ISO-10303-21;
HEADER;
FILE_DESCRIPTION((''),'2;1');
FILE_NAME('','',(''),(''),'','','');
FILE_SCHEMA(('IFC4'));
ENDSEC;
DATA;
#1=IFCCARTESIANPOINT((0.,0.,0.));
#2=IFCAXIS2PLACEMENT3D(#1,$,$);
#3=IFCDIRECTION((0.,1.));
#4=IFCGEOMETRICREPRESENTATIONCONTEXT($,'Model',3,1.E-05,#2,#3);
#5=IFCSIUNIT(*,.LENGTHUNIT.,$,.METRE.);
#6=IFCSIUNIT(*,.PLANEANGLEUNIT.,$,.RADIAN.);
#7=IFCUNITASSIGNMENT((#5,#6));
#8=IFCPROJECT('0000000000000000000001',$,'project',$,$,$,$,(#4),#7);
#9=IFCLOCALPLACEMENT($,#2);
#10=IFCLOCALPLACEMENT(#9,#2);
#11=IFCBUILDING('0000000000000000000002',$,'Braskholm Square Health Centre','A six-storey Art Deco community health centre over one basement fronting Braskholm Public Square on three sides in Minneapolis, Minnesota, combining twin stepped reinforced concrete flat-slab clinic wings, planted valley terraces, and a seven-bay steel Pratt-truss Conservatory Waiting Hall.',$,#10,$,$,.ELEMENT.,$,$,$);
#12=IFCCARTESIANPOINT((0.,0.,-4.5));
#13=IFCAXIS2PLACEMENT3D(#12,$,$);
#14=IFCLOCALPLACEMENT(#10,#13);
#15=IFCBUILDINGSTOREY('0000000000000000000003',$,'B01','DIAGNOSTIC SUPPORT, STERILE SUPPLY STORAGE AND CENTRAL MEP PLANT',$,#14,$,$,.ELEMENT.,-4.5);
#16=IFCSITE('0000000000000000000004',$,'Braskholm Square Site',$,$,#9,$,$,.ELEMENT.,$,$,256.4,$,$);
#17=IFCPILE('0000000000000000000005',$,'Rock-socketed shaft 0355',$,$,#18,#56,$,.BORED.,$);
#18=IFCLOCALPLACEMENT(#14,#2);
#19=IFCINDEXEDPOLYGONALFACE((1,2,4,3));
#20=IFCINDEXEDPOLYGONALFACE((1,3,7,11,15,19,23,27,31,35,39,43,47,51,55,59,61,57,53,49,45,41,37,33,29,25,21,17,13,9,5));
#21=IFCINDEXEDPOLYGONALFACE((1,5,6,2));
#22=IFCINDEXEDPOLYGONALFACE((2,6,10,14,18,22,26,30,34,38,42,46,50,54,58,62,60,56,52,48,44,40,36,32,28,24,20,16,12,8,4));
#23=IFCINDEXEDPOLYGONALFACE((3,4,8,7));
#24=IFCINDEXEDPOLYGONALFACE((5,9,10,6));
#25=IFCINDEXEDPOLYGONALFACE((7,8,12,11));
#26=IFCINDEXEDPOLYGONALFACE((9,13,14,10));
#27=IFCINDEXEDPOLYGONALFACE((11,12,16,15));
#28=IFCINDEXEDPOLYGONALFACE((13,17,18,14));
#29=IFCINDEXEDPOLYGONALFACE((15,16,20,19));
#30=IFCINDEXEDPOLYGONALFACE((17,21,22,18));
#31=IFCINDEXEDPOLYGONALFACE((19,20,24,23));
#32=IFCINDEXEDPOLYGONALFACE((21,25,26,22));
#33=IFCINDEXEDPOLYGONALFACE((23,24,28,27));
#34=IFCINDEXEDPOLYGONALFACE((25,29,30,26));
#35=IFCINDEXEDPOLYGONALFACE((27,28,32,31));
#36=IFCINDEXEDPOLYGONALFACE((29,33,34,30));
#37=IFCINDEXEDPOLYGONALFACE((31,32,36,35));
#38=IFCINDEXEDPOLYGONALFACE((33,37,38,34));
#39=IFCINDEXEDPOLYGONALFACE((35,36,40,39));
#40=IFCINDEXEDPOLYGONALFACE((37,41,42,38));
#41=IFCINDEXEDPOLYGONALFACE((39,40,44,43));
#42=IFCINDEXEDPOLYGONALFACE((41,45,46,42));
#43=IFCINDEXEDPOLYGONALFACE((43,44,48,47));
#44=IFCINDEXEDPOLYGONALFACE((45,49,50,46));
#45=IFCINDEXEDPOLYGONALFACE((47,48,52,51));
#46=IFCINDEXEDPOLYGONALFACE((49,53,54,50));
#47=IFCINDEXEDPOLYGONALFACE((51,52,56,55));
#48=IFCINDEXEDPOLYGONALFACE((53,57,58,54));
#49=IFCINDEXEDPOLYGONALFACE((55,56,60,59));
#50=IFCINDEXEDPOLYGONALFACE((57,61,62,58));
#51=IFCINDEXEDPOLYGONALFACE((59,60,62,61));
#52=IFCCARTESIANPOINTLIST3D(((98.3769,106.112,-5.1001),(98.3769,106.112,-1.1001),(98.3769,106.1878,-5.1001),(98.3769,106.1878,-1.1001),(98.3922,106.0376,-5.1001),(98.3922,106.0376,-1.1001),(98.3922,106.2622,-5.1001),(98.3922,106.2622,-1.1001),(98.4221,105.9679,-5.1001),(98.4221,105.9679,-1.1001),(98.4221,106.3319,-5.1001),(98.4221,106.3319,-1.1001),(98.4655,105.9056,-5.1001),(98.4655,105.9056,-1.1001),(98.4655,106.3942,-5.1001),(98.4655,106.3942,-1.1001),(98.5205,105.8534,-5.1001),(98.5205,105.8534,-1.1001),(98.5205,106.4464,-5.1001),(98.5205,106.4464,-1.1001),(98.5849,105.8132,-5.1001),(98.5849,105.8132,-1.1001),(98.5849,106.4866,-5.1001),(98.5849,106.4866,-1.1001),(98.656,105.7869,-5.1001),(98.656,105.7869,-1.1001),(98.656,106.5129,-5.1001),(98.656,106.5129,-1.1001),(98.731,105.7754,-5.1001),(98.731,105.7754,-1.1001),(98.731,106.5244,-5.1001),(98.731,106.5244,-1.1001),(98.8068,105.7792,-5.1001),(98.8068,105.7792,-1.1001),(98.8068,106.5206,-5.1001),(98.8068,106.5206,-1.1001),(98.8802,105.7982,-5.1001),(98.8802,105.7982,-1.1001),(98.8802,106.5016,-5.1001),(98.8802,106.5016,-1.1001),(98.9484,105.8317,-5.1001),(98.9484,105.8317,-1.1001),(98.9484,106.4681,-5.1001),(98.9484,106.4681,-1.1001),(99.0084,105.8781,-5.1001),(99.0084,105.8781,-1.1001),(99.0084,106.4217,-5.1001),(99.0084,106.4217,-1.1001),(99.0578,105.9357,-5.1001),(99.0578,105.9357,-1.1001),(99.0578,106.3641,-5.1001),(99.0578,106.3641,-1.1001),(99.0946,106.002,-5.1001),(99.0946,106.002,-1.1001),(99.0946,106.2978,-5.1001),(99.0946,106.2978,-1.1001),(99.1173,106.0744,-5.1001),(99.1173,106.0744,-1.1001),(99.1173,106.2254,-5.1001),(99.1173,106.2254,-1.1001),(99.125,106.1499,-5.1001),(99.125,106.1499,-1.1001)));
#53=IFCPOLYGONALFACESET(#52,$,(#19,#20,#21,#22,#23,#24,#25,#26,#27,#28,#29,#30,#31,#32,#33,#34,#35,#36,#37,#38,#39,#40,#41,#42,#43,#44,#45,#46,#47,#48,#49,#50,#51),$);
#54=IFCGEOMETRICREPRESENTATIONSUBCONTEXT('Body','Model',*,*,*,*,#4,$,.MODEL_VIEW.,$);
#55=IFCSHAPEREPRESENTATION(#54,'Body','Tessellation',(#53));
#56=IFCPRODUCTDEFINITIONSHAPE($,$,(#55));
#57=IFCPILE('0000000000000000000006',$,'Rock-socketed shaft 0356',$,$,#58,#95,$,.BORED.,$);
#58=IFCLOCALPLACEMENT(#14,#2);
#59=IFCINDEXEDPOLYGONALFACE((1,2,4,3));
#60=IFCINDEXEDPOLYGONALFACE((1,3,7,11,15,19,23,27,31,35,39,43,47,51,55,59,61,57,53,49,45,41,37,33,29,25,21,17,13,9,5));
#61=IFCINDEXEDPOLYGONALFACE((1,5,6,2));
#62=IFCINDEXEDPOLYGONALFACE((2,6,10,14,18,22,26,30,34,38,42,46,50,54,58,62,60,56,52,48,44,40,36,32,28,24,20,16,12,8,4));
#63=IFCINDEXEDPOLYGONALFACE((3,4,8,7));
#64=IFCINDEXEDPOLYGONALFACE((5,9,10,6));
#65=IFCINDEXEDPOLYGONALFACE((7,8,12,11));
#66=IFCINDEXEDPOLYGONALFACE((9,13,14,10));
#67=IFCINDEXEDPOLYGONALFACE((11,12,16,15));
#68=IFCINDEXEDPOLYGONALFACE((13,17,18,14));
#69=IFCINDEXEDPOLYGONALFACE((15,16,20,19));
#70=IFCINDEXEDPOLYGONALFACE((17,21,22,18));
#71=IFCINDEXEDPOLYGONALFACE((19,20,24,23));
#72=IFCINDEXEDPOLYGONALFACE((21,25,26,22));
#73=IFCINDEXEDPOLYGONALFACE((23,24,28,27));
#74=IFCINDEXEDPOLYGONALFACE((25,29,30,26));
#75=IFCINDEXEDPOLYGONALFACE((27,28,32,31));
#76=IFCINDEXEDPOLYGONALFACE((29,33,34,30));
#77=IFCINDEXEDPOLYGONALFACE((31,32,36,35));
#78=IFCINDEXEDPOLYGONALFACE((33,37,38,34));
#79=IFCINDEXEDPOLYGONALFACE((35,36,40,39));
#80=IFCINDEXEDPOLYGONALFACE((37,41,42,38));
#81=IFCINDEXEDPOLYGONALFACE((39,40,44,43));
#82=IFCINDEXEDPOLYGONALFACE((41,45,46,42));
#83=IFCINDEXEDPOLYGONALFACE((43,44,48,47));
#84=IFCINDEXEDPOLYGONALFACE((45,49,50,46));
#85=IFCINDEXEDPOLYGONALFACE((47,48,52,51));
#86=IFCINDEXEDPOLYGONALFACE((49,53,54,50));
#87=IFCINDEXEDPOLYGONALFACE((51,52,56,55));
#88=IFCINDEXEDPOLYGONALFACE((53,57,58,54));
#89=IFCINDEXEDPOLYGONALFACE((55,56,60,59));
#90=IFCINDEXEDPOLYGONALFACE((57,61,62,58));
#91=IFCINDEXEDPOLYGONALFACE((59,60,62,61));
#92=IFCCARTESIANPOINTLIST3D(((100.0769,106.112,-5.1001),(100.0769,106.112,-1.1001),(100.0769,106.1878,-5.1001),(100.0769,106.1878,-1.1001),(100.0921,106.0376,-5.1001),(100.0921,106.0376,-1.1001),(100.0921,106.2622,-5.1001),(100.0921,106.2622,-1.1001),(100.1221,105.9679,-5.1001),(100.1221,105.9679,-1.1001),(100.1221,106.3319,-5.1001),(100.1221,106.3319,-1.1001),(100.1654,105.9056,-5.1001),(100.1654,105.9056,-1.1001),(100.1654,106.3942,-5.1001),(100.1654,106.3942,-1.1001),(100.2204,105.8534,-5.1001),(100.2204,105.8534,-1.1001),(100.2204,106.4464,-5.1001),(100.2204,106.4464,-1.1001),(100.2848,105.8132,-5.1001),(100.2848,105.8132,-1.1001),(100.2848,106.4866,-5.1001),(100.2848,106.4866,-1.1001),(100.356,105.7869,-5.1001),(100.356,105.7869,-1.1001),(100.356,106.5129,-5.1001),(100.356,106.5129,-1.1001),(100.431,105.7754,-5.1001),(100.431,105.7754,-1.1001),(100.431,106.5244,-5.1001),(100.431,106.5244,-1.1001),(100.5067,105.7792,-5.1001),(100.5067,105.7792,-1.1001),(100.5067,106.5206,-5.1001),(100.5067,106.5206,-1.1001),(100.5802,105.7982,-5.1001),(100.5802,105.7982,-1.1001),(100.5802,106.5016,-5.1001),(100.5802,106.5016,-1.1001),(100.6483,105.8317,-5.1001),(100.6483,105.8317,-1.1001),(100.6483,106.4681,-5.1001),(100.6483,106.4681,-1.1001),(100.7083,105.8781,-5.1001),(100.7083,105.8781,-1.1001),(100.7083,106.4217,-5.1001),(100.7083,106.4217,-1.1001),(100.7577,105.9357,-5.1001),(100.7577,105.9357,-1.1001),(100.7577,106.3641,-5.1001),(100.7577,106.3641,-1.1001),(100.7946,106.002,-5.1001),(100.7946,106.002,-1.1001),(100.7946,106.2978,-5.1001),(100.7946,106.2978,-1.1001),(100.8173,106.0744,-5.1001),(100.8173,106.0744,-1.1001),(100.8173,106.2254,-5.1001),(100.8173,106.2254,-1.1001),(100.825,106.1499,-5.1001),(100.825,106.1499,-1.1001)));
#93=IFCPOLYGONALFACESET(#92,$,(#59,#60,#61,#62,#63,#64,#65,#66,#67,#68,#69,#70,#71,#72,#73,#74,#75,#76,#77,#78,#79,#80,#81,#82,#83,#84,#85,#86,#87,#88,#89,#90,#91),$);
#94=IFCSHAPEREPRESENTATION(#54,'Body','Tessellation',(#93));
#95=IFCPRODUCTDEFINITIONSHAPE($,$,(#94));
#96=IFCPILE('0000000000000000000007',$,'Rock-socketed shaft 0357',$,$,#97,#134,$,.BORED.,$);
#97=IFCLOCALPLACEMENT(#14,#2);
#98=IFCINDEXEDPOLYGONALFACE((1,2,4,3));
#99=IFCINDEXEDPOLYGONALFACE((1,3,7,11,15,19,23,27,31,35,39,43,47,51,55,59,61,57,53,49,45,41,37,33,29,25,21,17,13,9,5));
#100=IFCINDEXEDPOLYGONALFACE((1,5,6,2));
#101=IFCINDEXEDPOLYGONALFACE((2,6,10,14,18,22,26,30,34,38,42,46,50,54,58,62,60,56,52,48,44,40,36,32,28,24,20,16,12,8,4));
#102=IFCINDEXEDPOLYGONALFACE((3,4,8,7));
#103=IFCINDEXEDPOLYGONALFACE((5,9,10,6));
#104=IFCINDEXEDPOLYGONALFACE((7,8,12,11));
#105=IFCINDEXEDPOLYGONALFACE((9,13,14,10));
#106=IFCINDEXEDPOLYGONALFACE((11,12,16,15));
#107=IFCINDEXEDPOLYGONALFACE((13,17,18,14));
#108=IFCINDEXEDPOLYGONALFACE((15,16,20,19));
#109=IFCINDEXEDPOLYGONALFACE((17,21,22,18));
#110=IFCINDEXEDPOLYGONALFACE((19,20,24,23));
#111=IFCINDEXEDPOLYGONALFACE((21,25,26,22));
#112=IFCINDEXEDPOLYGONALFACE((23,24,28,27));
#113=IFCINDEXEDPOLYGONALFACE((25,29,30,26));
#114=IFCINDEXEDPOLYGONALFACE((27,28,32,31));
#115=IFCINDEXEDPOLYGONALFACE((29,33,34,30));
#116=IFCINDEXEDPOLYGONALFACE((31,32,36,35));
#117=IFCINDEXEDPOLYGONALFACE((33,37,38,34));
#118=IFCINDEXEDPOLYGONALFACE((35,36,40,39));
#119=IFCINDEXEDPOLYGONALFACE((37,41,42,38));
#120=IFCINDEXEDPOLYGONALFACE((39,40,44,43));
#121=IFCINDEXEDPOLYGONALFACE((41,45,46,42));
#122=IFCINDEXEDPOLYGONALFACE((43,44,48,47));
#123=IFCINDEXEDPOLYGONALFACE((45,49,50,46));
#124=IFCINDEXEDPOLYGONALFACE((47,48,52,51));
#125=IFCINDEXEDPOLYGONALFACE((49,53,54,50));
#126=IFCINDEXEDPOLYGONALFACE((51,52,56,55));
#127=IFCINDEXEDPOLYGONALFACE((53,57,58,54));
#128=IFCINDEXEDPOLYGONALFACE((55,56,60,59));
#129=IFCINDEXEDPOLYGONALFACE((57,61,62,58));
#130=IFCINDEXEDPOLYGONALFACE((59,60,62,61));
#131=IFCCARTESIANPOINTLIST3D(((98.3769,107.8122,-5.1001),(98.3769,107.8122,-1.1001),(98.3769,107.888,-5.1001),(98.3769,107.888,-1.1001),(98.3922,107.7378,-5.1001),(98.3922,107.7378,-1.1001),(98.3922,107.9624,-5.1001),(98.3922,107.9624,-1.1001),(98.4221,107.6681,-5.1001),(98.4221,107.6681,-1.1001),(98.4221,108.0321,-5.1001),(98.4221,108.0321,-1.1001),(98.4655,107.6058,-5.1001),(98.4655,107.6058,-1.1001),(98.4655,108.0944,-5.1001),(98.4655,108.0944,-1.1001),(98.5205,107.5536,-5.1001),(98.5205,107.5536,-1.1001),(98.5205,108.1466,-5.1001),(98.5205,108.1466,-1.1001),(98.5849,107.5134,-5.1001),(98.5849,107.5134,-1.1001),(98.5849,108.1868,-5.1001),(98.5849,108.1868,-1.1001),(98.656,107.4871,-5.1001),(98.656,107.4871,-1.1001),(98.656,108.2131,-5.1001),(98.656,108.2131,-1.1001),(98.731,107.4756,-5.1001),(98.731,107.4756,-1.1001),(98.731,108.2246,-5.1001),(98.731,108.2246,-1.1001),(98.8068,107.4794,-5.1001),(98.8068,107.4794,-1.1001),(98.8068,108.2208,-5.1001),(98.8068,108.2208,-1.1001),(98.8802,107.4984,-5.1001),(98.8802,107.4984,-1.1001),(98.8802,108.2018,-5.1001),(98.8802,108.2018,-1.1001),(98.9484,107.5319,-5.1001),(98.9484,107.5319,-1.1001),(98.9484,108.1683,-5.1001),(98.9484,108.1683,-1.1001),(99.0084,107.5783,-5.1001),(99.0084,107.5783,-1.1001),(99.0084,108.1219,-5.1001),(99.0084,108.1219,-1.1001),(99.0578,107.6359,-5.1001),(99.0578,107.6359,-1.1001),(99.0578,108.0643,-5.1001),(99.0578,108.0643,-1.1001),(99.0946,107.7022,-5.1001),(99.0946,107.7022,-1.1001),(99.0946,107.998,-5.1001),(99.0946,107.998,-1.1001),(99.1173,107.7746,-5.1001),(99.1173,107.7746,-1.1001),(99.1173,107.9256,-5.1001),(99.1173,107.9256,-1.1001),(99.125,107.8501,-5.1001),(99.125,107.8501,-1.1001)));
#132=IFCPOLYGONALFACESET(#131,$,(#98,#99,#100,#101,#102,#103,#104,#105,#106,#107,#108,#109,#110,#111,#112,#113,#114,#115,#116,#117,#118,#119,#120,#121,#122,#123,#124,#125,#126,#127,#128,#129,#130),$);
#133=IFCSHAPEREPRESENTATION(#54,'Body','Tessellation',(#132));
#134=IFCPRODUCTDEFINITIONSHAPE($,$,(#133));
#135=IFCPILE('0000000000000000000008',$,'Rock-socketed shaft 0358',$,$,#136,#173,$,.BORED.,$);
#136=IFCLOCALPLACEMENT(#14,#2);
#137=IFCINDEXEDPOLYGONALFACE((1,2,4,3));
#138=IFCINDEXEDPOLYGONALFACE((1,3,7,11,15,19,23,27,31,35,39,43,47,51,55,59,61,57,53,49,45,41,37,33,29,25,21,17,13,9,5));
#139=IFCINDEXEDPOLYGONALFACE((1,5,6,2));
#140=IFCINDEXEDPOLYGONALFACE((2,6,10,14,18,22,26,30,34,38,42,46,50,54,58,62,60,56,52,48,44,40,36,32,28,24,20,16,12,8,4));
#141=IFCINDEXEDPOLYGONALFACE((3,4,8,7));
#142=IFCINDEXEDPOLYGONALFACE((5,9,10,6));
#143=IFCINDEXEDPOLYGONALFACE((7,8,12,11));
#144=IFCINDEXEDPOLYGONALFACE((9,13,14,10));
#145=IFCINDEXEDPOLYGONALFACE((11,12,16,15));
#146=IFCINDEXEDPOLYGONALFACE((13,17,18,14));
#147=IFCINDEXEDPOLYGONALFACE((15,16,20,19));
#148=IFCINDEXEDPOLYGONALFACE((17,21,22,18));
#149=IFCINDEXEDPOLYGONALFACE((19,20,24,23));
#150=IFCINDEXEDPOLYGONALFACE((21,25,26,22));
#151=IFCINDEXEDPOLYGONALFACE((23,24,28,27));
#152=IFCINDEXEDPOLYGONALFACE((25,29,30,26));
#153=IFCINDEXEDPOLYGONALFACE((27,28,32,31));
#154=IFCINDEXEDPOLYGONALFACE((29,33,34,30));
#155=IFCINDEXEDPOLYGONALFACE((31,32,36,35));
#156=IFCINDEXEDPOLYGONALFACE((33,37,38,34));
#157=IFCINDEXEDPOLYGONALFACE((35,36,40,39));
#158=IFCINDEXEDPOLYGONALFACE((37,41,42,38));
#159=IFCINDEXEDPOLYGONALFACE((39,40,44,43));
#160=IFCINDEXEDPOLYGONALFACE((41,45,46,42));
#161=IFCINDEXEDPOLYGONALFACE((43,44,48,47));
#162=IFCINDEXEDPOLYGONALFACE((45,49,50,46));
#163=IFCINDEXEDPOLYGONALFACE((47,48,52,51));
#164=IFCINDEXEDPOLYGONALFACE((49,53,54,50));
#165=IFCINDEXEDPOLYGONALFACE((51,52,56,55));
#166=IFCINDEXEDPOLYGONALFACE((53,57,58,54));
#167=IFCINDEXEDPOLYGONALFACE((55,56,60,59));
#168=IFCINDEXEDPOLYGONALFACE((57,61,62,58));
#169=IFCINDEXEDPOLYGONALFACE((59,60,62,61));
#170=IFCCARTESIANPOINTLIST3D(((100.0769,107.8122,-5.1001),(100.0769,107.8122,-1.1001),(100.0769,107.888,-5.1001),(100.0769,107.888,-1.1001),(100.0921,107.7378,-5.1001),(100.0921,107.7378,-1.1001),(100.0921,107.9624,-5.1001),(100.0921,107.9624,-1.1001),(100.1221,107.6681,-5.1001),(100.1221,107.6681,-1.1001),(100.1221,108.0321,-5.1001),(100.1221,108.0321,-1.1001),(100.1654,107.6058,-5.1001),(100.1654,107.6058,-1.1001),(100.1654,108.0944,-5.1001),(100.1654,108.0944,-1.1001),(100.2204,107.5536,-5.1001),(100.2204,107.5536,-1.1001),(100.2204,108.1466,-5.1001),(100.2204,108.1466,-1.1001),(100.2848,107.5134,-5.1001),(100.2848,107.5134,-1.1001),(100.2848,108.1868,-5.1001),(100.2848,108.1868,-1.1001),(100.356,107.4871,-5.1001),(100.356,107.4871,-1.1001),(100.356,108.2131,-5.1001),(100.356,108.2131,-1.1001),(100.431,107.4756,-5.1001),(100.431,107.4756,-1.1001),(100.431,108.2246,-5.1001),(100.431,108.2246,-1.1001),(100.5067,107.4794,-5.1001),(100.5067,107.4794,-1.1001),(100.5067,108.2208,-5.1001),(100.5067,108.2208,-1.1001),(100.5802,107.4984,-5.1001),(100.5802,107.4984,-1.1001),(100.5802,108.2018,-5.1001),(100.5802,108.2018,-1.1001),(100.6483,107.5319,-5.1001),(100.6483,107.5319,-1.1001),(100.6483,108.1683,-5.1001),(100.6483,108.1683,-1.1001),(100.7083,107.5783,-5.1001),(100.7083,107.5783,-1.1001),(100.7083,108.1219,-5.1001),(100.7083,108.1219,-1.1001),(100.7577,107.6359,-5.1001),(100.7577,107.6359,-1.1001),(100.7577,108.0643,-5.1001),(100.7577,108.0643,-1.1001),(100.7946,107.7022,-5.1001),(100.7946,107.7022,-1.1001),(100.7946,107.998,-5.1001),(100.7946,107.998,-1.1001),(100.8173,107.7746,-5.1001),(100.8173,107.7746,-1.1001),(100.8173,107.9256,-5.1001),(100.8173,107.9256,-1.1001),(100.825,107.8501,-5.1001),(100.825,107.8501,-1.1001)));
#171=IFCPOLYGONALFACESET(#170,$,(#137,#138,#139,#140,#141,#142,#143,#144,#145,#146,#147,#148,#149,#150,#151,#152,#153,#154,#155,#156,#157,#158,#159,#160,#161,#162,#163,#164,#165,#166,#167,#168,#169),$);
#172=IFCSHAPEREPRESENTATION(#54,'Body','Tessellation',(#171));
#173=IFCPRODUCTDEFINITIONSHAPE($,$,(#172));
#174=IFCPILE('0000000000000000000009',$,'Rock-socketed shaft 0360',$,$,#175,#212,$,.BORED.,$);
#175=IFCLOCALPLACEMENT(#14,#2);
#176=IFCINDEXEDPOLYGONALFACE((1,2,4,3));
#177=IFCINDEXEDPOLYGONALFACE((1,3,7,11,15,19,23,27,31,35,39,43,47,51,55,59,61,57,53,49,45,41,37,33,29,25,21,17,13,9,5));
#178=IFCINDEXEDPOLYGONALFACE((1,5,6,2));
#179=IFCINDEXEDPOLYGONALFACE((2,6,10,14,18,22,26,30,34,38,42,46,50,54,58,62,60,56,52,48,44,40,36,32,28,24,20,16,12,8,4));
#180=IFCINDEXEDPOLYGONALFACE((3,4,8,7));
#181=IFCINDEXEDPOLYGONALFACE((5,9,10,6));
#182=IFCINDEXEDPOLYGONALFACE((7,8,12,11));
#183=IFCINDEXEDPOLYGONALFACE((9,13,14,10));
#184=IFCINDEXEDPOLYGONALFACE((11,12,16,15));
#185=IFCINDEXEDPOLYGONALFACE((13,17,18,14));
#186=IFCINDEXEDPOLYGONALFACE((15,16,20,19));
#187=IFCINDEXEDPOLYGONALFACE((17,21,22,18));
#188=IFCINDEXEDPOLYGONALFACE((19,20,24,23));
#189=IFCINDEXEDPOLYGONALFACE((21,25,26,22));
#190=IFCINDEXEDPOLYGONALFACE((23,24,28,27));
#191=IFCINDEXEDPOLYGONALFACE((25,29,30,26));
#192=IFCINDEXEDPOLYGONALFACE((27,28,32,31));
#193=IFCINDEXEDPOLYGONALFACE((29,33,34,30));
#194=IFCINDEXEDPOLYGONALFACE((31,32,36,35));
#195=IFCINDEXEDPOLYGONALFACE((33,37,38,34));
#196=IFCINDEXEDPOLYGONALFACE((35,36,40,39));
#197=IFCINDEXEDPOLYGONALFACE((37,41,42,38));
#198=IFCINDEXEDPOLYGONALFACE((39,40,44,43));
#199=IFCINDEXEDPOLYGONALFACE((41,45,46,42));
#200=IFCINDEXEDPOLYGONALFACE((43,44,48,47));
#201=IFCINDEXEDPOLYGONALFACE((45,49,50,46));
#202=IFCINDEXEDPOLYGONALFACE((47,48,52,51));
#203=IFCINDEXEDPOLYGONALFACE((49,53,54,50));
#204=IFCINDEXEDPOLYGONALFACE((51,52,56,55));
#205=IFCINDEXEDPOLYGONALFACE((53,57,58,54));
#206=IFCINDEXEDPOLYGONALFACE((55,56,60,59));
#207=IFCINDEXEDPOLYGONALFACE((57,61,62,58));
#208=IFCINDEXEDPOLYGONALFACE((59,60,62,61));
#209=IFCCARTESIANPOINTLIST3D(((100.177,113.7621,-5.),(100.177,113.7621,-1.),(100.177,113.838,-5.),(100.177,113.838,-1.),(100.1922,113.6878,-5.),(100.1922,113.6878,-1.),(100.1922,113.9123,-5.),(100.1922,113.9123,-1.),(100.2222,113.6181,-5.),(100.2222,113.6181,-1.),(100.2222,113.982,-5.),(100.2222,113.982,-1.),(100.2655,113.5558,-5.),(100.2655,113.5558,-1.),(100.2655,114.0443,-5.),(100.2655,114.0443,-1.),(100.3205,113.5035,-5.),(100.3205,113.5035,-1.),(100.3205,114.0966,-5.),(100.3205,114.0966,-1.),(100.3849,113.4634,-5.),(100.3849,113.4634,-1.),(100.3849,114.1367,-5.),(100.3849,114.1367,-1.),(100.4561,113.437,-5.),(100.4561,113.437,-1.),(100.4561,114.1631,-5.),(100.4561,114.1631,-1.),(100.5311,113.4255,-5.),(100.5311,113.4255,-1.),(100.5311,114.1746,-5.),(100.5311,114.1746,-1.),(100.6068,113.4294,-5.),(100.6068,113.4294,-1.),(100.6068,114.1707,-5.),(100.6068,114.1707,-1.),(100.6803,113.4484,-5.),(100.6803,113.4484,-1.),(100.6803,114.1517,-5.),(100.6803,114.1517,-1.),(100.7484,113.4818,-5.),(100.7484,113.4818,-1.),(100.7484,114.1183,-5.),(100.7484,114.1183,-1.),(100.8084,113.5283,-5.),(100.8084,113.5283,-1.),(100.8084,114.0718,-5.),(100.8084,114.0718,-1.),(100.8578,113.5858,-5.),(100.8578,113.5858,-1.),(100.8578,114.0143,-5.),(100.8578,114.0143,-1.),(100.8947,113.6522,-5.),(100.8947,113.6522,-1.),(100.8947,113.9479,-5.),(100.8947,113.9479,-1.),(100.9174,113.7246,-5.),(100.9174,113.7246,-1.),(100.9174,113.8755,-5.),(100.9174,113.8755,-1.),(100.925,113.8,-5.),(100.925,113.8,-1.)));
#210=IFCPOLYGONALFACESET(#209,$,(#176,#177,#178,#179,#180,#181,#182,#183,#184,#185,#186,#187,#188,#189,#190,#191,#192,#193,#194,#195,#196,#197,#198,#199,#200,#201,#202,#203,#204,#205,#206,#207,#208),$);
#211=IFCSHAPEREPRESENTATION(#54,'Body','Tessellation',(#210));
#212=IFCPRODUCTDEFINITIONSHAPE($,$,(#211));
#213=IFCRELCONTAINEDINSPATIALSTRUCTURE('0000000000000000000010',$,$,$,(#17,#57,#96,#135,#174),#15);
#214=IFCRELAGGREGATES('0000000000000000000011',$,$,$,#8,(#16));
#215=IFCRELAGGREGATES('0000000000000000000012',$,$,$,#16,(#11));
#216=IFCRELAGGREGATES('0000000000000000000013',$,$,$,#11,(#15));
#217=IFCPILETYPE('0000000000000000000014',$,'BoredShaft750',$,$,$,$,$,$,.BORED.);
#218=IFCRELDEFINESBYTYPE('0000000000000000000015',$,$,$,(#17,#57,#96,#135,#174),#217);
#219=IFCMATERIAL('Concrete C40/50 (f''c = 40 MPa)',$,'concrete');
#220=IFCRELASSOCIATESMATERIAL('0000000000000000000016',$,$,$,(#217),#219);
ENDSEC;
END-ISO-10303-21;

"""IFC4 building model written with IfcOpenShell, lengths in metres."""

from ifc_helpers import new_model, si_unit, direction, frame, origin, origin_2d, place, context, subcontext, project, spatial, circle, extrude, material, material_profile, profile_set, type_object, element, save


model = new_model("IFC4")

# Units and contexts
model_context = context("Model", 3, precision=1e-05, world=origin(), true_north=direction((0.0, 1.0)))
body_context = subcontext(model_context, "Body", "Model", "MODEL_VIEW")
ifc_project = project(units=[si_unit("LENGTHUNIT", "METRE"), si_unit("PLANEANGLEUNIT", "RADIAN")], contexts=[model_context])

# Site, building, storey
site_placement = place(None, origin())
site = spatial("IfcSite", under=ifc_project, at=site_placement, Name="Braskholm Square Site", CompositionType="ELEMENT", RefElevation=256.4)
building_placement = place(site_placement, origin())
building = spatial("IfcBuilding", under=site, at=building_placement, Name="Braskholm Square Health Centre", Description="A six-storey Art Deco community health centre over one basement fronting Braskholm Public Square on three sides in Minneapolis, Minnesota, combining twin stepped reinforced concrete flat-slab clinic wings, planted valley terraces, and a seven-bay steel Pratt-truss Conservatory Waiting Hall.", CompositionType="ELEMENT")
storey_placement = place(building_placement, frame((0.0, 0.0, -4.5)))
storey = spatial("IfcBuildingStorey", under=building, at=storey_placement, Name="B01", Description="DIAGNOSTIC SUPPORT, STERILE SUPPLY STORAGE AND CENTRAL MEP PLANT", CompositionType="ELEMENT", Elevation=-4.5)

# Piles
ifc_material_1 = material(Name="Concrete C40/50 (f'c = 40 MPa)", Category="concrete")
ifc_material_profile_1 = material_profile(ifc_material_1, circle(Radius=0.375, at=origin_2d()), Name="BORED-PILE-750")
ifc_profile_set_1 = profile_set([ifc_material_profile_1], Name="Concrete C40/50 (f'c = 40 MPa)")
pile_type_1 = type_object("IfcPileType", Name="BoredShaft750", PredefinedType="BORED", material=ifc_profile_set_1)
for number, where, z_axis, x_axis, name in (
    (1, (98.75, 106.1499, -1.1001), (0.0, 0.0, -1.0), (1.0, 0.0, 0.0), "Rock-socketed shaft 0355"),
    (2, (100.45, 106.1499, -1.1001), (0.0, 0.0, -1.0), (1.0, 0.0, 0.0), "Rock-socketed shaft 0356"),
    (3, (98.75, 107.8501, -1.1001), (0.0, 0.0, -1.0), (1.0, 0.0, 0.0), "Rock-socketed shaft 0357"),
    (4, (100.45, 107.8501, -1.1001), (0.0, 0.0, -1.0), (1.0, 0.0, 0.0), "Rock-socketed shaft 0358"),
    (5, (100.55, 113.8, -1.0), (0.0, 0.0, -1.0), (1.0, 0.0, 0.0), "Rock-socketed shaft 0360"),
):
    element("IfcPile", number, at=place(storey_placement, frame(where, z_axis=z_axis, x_axis=x_axis)), inside=storey, type_object=pile_type_1, Name=name, PredefinedType="BORED", context=body_context, shape_type="SweptSolid", body=[
        extrude(circle(Radius=0.375, at=origin_2d()), origin(), (0.0, 0.0, 1.0), 4.0),
    ])

save(model, "model.ifc")
